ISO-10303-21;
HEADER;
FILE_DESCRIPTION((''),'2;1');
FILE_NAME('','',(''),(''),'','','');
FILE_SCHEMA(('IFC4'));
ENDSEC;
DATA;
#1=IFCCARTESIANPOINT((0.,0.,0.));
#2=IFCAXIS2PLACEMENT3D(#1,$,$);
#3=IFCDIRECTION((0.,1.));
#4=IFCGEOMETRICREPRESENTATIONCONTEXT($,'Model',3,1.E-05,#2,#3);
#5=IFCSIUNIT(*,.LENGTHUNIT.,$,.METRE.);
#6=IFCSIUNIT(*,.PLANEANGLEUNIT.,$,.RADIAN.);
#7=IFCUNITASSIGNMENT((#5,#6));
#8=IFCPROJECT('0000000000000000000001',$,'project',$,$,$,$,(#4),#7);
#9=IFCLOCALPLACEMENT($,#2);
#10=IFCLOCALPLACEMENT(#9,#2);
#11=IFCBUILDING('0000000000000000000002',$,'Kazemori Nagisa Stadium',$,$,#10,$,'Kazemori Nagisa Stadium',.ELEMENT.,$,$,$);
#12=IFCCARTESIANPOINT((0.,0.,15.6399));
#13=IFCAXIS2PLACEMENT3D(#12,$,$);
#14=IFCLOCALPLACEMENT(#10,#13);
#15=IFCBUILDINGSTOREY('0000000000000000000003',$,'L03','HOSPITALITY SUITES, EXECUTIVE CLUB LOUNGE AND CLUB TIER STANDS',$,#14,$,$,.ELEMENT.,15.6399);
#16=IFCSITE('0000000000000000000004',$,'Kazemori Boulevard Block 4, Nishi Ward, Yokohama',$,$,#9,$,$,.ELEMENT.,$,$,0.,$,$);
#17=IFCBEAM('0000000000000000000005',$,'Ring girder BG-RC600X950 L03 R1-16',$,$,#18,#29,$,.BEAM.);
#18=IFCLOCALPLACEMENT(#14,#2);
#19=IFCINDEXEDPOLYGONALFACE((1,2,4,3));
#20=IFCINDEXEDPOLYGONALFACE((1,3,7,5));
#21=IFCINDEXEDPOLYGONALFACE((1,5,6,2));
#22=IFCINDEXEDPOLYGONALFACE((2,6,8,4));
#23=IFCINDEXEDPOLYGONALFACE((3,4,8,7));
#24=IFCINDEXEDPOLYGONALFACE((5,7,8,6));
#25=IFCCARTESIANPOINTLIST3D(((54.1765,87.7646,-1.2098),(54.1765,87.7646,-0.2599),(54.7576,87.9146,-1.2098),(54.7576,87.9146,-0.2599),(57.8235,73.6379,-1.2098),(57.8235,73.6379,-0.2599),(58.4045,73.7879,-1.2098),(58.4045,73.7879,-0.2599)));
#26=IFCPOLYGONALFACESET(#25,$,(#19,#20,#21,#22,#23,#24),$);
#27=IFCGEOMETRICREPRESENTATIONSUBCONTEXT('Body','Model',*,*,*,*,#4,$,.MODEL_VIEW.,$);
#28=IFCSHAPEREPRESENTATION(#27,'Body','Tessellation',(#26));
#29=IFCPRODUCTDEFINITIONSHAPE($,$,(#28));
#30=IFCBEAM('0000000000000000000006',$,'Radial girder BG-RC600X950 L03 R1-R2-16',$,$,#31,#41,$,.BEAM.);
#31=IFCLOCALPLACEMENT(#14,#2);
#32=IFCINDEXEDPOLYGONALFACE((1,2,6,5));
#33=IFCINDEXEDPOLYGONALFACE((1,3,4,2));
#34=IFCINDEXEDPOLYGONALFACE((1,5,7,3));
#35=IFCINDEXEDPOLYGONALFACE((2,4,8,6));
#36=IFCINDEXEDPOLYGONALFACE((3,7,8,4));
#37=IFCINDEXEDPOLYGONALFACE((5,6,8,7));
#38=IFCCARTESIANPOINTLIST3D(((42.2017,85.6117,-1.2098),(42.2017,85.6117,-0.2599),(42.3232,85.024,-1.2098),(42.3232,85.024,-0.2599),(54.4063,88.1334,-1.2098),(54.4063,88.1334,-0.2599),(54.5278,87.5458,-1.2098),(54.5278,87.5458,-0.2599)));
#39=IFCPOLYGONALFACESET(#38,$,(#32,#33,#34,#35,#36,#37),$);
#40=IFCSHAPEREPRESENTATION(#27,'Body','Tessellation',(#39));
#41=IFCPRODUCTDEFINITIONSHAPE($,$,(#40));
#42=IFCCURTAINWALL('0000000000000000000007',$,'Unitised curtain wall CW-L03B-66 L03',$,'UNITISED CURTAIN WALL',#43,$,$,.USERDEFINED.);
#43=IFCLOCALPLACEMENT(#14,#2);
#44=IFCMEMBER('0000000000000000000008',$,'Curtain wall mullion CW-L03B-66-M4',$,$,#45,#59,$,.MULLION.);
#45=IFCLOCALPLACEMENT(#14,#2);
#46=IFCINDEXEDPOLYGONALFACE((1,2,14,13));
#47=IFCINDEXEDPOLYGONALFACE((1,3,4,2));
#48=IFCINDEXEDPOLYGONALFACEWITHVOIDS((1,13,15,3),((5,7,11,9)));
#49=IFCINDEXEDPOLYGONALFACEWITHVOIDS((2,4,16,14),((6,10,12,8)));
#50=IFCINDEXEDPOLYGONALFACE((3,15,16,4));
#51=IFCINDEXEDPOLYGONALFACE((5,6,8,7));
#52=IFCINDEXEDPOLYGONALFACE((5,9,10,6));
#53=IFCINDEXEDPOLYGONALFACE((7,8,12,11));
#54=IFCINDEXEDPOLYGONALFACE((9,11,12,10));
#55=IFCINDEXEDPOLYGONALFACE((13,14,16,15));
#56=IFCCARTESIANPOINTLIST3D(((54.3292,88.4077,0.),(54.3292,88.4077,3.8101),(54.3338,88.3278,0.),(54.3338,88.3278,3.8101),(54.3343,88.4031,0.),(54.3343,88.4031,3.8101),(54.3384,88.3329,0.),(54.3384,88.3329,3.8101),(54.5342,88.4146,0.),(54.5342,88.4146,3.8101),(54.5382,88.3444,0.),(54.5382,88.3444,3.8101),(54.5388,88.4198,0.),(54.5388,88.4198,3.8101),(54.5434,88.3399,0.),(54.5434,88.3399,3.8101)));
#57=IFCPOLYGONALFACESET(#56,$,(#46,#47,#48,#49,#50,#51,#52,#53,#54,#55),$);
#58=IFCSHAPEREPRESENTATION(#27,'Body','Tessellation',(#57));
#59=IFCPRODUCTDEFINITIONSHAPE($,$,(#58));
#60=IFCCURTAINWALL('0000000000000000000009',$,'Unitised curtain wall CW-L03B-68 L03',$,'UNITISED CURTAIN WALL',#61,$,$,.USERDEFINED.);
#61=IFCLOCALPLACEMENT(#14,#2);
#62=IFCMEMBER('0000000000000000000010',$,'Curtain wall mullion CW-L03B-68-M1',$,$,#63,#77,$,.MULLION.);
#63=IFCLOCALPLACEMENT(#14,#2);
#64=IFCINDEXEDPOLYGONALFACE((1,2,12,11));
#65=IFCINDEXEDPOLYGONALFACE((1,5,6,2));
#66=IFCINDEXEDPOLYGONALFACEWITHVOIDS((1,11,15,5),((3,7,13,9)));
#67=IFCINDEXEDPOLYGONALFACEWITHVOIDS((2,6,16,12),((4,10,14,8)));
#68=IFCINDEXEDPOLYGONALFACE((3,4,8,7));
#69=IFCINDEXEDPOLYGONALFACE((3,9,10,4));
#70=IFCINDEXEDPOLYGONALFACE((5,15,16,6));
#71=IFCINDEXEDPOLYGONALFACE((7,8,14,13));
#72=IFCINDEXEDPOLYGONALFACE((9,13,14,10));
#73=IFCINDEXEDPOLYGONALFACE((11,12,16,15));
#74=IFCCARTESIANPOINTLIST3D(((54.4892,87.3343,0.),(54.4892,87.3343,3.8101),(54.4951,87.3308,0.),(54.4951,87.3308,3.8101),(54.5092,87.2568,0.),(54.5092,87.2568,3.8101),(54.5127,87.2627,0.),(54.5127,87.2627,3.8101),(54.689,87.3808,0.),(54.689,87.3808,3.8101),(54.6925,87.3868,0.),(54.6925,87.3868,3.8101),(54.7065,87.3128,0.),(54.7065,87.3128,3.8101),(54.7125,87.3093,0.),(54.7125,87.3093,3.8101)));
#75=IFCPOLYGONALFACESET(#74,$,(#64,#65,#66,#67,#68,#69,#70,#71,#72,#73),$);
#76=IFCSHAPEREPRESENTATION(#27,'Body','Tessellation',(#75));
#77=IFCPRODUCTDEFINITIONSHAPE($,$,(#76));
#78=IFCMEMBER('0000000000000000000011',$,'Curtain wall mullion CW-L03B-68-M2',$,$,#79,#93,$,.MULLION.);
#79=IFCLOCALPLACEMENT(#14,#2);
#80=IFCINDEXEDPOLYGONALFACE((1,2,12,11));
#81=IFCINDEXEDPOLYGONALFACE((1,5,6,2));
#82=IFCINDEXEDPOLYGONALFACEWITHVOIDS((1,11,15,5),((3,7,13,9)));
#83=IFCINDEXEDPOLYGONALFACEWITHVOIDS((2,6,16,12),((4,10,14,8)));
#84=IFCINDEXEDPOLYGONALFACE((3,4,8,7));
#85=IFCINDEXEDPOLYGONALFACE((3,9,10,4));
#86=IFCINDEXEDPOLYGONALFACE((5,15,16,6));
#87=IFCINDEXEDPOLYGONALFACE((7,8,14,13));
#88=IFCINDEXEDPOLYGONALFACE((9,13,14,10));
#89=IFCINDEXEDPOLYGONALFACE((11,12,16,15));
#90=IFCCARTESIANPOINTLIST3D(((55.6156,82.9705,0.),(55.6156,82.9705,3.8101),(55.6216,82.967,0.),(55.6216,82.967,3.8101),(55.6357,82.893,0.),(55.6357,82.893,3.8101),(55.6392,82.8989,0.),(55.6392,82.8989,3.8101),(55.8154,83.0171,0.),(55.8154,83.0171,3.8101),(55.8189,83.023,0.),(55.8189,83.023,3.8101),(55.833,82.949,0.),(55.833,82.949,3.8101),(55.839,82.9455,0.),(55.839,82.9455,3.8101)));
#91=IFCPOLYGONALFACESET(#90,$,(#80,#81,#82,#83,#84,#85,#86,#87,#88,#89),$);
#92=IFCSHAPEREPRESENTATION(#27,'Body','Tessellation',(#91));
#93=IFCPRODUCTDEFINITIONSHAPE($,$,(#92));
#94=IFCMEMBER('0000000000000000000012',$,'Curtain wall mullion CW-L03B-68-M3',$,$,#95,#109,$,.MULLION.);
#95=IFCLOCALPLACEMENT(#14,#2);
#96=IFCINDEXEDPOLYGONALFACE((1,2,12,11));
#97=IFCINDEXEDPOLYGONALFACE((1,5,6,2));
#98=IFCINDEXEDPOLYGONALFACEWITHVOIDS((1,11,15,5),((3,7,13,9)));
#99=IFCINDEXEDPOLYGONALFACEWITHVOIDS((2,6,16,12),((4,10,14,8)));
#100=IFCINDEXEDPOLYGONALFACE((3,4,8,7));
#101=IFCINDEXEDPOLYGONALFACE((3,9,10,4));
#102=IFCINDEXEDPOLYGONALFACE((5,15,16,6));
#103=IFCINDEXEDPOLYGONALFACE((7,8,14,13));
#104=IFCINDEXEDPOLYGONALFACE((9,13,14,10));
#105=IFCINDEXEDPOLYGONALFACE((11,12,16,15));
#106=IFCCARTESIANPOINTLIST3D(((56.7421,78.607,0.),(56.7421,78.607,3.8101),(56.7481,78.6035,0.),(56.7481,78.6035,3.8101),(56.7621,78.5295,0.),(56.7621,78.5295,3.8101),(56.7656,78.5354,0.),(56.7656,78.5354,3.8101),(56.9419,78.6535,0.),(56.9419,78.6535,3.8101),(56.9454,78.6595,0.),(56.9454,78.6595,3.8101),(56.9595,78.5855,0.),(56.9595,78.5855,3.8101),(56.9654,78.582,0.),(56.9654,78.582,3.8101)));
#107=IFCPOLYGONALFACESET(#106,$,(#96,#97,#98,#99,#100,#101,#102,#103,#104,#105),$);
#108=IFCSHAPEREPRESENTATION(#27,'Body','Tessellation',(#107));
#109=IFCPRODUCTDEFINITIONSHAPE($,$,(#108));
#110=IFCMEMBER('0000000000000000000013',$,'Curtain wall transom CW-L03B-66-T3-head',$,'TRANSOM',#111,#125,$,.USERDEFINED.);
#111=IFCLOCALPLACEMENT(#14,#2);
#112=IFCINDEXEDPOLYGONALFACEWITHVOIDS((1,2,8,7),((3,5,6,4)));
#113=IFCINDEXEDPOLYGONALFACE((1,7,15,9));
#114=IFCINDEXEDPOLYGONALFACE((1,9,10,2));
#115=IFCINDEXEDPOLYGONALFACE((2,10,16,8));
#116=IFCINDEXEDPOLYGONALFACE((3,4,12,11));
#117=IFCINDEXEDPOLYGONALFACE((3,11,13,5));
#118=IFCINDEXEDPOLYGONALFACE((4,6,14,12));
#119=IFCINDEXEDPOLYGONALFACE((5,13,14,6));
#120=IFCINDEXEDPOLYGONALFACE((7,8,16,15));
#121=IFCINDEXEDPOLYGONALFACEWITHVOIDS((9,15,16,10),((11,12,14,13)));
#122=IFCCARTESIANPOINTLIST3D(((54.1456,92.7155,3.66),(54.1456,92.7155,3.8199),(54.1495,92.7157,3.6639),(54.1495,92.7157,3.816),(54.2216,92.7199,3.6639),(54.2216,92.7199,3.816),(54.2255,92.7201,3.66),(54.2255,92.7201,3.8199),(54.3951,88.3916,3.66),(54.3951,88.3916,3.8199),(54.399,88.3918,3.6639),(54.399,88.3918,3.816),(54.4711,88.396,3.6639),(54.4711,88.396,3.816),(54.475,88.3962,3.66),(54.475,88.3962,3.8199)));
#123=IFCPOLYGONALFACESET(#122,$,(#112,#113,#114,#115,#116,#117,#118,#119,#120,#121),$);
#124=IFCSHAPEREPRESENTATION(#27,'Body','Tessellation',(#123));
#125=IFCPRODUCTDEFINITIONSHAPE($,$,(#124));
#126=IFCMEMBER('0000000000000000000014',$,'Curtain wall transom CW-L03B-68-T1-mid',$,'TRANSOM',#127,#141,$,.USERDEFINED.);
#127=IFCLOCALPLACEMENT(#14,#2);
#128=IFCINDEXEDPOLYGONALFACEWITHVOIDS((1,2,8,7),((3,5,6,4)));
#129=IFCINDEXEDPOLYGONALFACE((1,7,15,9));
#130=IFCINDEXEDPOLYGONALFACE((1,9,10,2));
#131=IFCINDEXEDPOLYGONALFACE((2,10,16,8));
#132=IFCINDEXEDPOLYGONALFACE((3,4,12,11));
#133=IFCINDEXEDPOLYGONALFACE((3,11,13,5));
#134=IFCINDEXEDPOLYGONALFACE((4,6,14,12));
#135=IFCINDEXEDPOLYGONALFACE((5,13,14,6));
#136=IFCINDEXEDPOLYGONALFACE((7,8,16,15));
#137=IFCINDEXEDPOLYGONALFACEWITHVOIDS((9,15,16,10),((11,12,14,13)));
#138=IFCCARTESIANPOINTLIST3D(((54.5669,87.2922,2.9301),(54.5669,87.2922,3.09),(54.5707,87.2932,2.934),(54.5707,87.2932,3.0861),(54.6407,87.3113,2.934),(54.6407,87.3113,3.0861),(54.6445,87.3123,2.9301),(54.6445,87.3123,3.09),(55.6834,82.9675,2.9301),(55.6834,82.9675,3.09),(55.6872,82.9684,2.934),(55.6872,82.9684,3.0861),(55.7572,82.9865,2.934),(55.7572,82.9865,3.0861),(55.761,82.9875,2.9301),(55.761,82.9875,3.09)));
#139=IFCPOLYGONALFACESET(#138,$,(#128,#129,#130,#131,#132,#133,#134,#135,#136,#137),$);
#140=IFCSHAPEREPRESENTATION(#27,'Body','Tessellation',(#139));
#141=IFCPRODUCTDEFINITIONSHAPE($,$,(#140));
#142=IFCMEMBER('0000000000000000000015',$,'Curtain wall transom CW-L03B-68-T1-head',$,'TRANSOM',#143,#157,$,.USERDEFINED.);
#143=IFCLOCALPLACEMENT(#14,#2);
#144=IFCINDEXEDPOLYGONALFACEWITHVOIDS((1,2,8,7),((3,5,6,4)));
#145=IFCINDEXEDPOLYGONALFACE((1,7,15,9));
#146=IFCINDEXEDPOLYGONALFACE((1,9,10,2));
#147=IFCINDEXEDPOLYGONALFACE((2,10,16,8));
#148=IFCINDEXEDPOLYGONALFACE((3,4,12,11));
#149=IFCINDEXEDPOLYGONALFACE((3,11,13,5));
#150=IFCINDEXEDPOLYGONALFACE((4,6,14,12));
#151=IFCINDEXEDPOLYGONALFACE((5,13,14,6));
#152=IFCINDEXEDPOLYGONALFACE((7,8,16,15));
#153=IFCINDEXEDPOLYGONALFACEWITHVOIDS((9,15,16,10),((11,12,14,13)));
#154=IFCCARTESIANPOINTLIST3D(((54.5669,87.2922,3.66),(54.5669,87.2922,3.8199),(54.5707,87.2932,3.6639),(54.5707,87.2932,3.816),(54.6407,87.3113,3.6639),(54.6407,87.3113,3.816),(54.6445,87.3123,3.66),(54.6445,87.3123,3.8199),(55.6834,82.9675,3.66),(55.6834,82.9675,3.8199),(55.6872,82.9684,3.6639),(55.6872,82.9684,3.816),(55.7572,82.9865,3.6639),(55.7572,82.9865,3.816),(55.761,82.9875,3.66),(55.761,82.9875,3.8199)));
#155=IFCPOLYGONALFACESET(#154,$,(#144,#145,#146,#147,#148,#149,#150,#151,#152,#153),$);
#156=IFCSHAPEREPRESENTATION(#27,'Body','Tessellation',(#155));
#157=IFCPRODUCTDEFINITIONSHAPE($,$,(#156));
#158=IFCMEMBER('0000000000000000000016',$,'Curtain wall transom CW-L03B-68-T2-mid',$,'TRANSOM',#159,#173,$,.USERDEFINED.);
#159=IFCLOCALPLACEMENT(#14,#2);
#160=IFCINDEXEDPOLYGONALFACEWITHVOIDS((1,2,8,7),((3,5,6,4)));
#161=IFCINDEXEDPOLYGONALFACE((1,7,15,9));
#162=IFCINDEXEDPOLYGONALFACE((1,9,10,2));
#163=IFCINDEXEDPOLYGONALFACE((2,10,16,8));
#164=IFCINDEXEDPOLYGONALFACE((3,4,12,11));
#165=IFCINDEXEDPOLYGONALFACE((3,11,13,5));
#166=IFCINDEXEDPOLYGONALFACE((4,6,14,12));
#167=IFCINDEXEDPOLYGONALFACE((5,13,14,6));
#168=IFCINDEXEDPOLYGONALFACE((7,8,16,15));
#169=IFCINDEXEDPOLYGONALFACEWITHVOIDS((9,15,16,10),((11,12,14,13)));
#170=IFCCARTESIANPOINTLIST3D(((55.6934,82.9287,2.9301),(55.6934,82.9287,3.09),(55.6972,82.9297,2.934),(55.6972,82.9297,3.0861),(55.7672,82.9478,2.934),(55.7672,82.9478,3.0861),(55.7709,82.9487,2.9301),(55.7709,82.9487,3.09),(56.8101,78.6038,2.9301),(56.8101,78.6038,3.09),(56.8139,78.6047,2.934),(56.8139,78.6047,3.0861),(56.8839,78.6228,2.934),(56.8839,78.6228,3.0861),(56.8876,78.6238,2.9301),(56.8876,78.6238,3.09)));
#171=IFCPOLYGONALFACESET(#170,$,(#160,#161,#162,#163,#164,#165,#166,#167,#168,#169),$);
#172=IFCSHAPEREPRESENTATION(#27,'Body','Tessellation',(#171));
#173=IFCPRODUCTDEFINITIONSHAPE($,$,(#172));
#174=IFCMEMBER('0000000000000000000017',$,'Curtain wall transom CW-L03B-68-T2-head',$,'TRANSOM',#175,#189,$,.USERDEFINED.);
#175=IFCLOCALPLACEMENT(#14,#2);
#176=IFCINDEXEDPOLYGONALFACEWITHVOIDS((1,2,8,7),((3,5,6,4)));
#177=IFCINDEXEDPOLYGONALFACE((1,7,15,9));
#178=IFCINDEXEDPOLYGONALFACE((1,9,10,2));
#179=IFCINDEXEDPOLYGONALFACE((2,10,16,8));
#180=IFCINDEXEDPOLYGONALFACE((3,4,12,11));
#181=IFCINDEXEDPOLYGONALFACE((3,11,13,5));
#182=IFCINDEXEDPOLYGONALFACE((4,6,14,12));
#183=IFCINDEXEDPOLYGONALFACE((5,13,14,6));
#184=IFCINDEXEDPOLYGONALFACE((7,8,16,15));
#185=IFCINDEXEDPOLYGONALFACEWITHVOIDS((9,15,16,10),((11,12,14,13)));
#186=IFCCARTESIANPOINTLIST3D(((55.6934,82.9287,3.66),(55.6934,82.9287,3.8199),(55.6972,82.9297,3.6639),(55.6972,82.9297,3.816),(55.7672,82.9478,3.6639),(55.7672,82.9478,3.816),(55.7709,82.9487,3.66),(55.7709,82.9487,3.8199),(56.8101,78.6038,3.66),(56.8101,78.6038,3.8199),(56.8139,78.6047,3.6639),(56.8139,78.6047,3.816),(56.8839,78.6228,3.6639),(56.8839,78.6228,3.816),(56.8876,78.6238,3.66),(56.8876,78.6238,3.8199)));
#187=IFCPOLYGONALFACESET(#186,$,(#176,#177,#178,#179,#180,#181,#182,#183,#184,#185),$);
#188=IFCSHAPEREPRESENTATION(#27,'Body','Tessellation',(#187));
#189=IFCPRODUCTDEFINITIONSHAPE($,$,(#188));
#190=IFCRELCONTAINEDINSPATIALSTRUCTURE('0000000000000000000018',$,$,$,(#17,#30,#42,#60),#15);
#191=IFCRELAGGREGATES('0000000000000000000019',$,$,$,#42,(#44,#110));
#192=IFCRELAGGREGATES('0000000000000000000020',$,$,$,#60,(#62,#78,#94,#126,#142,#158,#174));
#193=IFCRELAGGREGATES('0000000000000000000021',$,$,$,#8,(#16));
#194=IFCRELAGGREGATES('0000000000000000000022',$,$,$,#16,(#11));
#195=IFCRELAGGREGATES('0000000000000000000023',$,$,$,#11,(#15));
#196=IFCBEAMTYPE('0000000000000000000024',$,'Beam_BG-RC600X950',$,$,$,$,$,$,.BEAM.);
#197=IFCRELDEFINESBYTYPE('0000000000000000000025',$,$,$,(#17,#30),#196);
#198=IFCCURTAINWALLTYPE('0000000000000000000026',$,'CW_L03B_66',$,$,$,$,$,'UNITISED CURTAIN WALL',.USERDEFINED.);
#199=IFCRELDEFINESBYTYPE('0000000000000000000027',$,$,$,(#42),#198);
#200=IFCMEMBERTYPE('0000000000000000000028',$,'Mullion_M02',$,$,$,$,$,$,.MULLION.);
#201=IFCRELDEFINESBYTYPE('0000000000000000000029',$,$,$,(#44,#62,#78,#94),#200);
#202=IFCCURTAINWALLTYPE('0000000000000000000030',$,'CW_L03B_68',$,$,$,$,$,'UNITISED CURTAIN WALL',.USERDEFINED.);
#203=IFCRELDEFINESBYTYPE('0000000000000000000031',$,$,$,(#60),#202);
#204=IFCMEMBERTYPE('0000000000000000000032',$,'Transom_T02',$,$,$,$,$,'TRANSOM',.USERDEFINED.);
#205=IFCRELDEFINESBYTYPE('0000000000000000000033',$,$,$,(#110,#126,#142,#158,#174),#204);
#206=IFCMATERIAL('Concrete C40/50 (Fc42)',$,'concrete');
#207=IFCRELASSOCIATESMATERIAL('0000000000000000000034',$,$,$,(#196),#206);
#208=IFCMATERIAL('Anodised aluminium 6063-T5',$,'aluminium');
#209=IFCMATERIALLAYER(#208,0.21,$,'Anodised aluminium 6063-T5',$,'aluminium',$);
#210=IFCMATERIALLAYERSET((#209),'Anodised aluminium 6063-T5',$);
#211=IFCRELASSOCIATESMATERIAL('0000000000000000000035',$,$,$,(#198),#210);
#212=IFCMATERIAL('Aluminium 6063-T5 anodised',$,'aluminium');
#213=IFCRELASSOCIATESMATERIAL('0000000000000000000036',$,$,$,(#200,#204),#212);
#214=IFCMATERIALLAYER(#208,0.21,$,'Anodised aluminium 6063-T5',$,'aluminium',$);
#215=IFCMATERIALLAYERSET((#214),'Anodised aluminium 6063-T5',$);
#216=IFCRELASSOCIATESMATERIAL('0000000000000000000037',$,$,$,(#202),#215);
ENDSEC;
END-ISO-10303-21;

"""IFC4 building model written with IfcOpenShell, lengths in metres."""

from ifc_helpers import new_model, si_unit, direction, frame, origin, origin_2d, place, context, subcontext, project, spatial, rectangle, hollow_rectangle, extrude, material, layer, layer_set, material_profile, profile_set, type_object, element, aggregate, save


model = new_model("IFC4")

# Units and contexts
model_context = context("Model", 3, precision=1e-05, world=origin(), true_north=direction((0.0, 1.0)))
body_context = subcontext(model_context, "Body", "Model", "MODEL_VIEW")
ifc_project = project(units=[si_unit("LENGTHUNIT", "METRE"), si_unit("PLANEANGLEUNIT", "RADIAN")], contexts=[model_context])

# Site, building, storey
site_placement = place(None, origin())
site = spatial("IfcSite", under=ifc_project, at=site_placement, Name="Kazemori Boulevard Block 4, Nishi Ward, Yokohama", CompositionType="ELEMENT", RefElevation=0.0)
building_placement = place(site_placement, origin())
building = spatial("IfcBuilding", under=site, at=building_placement, Name="Kazemori Nagisa Stadium", LongName="Kazemori Nagisa Stadium", CompositionType="ELEMENT")
storey_placement = place(building_placement, frame((0.0, 0.0, 15.6399)))
storey = spatial("IfcBuildingStorey", under=building, at=storey_placement, Name="L03", Description="HOSPITALITY SUITES, EXECUTIVE CLUB LOUNGE AND CLUB TIER STANDS", CompositionType="ELEMENT", Elevation=15.6399)

# Shared definitions
ifc_material_1 = material(Name="Concrete C40/50 (Fc42)", Category="concrete")

# Beams
ifc_material_profile_1 = material_profile(ifc_material_1, rectangle(XDim=0.6001, YDim=0.95, at=origin_2d()), Name="RC-BM-600x950")
ifc_profile_set_1 = profile_set([ifc_material_profile_1], Name="Concrete C40/50 (Fc42)")
beam_type = type_object("IfcBeamType", Name="Beam_BG-RC600X950", PredefinedType="BEAM", material=ifc_profile_set_1)
beam_1_placement = place(storey_placement, frame((54.467, 87.8396, -0.7349), z_axis=(0.249966, -0.968255, 0.0), x_axis=(0.968255, 0.249966, 0.0)))
element("IfcBeam", 1, at=beam_1_placement, inside=storey, type_object=beam_type, Name="Ring girder BG-RC600X950 L03 R1-16", PredefinedType="BEAM", context=body_context, shape_type="SweptSolid", body=[
    extrude(rectangle(XDim=0.6001, YDim=0.95, at=origin_2d()), origin(), (0.0, 0.0, 1.0), 14.5898),
])
beam_2_placement = place(storey_placement, frame((54.467, 87.8396, -0.7349), z_axis=(-0.979314, -0.202347, 0.0), x_axis=(0.202347, -0.979314, 0.0)))
element("IfcBeam", 2, at=beam_2_placement, inside=storey, type_object=beam_type, Name="Radial girder BG-RC600X950 L03 R1-R2-16", PredefinedType="BEAM", context=body_context, shape_type="SweptSolid", body=[
    extrude(rectangle(XDim=0.6001, YDim=0.95, at=origin_2d()), origin(), (0.0, 0.0, 1.0), 12.4624),
])

# Curtain wall, member
ifc_material_2 = material(Name="Anodised aluminium 6063-T5", Category="aluminium")
ifc_layer_1 = layer(ifc_material_2, 0.21, Name="Anodised aluminium 6063-T5", Category="aluminium")
ifc_layer_set_1 = layer_set([ifc_layer_1], Name="Anodised aluminium 6063-T5")
curtain_wall_type_1 = type_object("IfcCurtainWallType", Name="CW_L03B_66", ElementType="UNITISED CURTAIN WALL", PredefinedType="USERDEFINED", material=ifc_layer_set_1)
curtain_wall_1_placement = place(storey_placement, origin())
curtain_wall_1 = element("IfcCurtainWall", 3, at=curtain_wall_1_placement, inside=storey, type_object=curtain_wall_type_1, Name="Unitised curtain wall CW-L03B-66 L03", ObjectType="UNITISED CURTAIN WALL", PredefinedType="USERDEFINED")
ifc_material_3 = material(Name="Aluminium 6063-T5 anodised", Category="aluminium")
ifc_material_profile_2 = material_profile(ifc_material_3, hollow_rectangle(XDim=0.0801, YDim=0.21, WallThickness=0.0049, at=origin_2d()), Name="ALU-MULL-80x210x5")
ifc_profile_set_2 = profile_set([ifc_material_profile_2], Name="Aluminium 6063-T5 anodised")
member_type_1 = type_object("IfcMemberType", Name="Mullion_M02", PredefinedType="MULLION", material=ifc_profile_set_2)
member_1_placement = place(storey_placement, frame((54.4363, 88.3738, 0.0), z_axis=(0.0, 0.0, 1.0), x_axis=(0.057602, -0.99834, 0.0)))
member_1 = element("IfcMember", 4, at=member_1_placement, type_object=member_type_1, Name="Curtain wall mullion CW-L03B-66-M4", PredefinedType="MULLION", context=body_context, shape_type="SweptSolid", body=[
    extrude(hollow_rectangle(XDim=0.0801, YDim=0.21, WallThickness=0.0049, at=origin_2d()), origin(), (0.0, 0.0, 1.0), 3.8101),
])

# Curtain wall, members
ifc_layer_2 = layer(ifc_material_2, 0.21, Name="Anodised aluminium 6063-T5", Category="aluminium")
ifc_layer_set_2 = layer_set([ifc_layer_2], Name="Anodised aluminium 6063-T5")
curtain_wall_type_2 = type_object("IfcCurtainWallType", Name="CW_L03B_68", ElementType="UNITISED CURTAIN WALL", PredefinedType="USERDEFINED", material=ifc_layer_set_2)
curtain_wall_2_placement = place(storey_placement, origin())
curtain_wall_2 = element("IfcCurtainWall", 5, at=curtain_wall_2_placement, inside=storey, type_object=curtain_wall_type_2, Name="Unitised curtain wall CW-L03B-68 L03", ObjectType="UNITISED CURTAIN WALL", PredefinedType="USERDEFINED")
member_2_placement = place(storey_placement, frame((54.6008, 87.3218, 0.0), z_axis=(0.0, 0.0, 1.0), x_axis=(0.249965, -0.968255, 0.0)))
member_2 = element("IfcMember", 6, at=member_2_placement, type_object=member_type_1, Name="Curtain wall mullion CW-L03B-68-M1", PredefinedType="MULLION", context=body_context, shape_type="SweptSolid", body=[
    extrude(hollow_rectangle(XDim=0.0801, YDim=0.21, WallThickness=0.0049, at=origin_2d()), origin(), (0.0, 0.0, 1.0), 3.8101),
])
member_3_placement = place(storey_placement, frame((55.7273, 82.958, 0.0), z_axis=(0.0, 0.0, 1.0), x_axis=(0.249965, -0.968255, 0.0)))
member_3 = element("IfcMember", 7, at=member_3_placement, type_object=member_type_1, Name="Curtain wall mullion CW-L03B-68-M2", PredefinedType="MULLION", context=body_context, shape_type="SweptSolid", body=[
    extrude(hollow_rectangle(XDim=0.0801, YDim=0.21, WallThickness=0.0049, at=origin_2d()), origin(), (0.0, 0.0, 1.0), 3.8101),
])
member_4_placement = place(storey_placement, frame((56.8538, 78.5945, 0.0), z_axis=(0.0, 0.0, 1.0), x_axis=(0.249965, -0.968255, 0.0)))
member_4 = element("IfcMember", 8, at=member_4_placement, type_object=member_type_1, Name="Curtain wall mullion CW-L03B-68-M3", PredefinedType="MULLION", context=body_context, shape_type="SweptSolid", body=[
    extrude(hollow_rectangle(XDim=0.0801, YDim=0.21, WallThickness=0.0049, at=origin_2d()), origin(), (0.0, 0.0, 1.0), 3.8101),
])

# Members
ifc_material_profile_3 = material_profile(ifc_material_3, hollow_rectangle(XDim=0.0801, YDim=0.1599, WallThickness=0.0039, at=origin_2d()), Name="ALU-TRAN-80x160x4")
ifc_profile_set_3 = profile_set([ifc_material_profile_3], Name="Aluminium 6063-T5 anodised")
member_type_2 = type_object("IfcMemberType", Name="Transom_T02", ElementType="TRANSOM", PredefinedType="USERDEFINED", material=ifc_profile_set_3)
member_5_placement = place(storey_placement, frame((54.1855, 92.7178, 3.74), z_axis=(0.057608, -0.998339, 0.0), x_axis=(0.998339, 0.057608, 0.0)))
member_5 = element("IfcMember", 9, at=member_5_placement, type_object=member_type_2, Name="Curtain wall transom CW-L03B-66-T3-head", ObjectType="TRANSOM", PredefinedType="USERDEFINED", context=body_context, shape_type="SweptSolid", body=[
    extrude(hollow_rectangle(XDim=0.0801, YDim=0.1599, WallThickness=0.0039, at=origin_2d()), origin(), (0.0, 0.0, 1.0), 4.3311),
])
member_6_placement = place(storey_placement, frame((54.6057, 87.3022, 3.01), z_axis=(0.249962, -0.968256, 0.0), x_axis=(0.968256, 0.249962, 0.0)))
member_6 = element("IfcMember", 10, at=member_6_placement, type_object=member_type_2, Name="Curtain wall transom CW-L03B-68-T1-mid", ObjectType="TRANSOM", PredefinedType="USERDEFINED", context=body_context, shape_type="SweptSolid", body=[
    extrude(hollow_rectangle(XDim=0.0801, YDim=0.1599, WallThickness=0.0039, at=origin_2d()), origin(), (0.0, 0.0, 1.0), 4.4666),
])
member_7_placement = place(storey_placement, frame((54.6057, 87.3022, 3.74), z_axis=(0.249962, -0.968256, 0.0), x_axis=(0.968256, 0.249962, 0.0)))
member_7 = element("IfcMember", 11, at=member_7_placement, type_object=member_type_2, Name="Curtain wall transom CW-L03B-68-T1-head", ObjectType="TRANSOM", PredefinedType="USERDEFINED", context=body_context, shape_type="SweptSolid", body=[
    extrude(hollow_rectangle(XDim=0.0801, YDim=0.1599, WallThickness=0.0039, at=origin_2d()), origin(), (0.0, 0.0, 1.0), 4.4666),
])
member_8_placement = place(storey_placement, frame((55.7322, 82.9387, 3.01), z_axis=(0.25, -0.968246, 0.0), x_axis=(0.968246, 0.25, 0.0)))
member_8 = element("IfcMember", 12, at=member_8_placement, type_object=member_type_2, Name="Curtain wall transom CW-L03B-68-T2-mid", ObjectType="TRANSOM", PredefinedType="USERDEFINED", context=body_context, shape_type="SweptSolid", body=[
    extrude(hollow_rectangle(XDim=0.0801, YDim=0.1599, WallThickness=0.0039, at=origin_2d()), origin(), (0.0, 0.0, 1.0), 4.4668),
])
member_9_placement = place(storey_placement, frame((55.7322, 82.9387, 3.74), z_axis=(0.25, -0.968246, 0.0), x_axis=(0.968246, 0.25, 0.0)))
member_9 = element("IfcMember", 13, at=member_9_placement, type_object=member_type_2, Name="Curtain wall transom CW-L03B-68-T2-head", ObjectType="TRANSOM", PredefinedType="USERDEFINED", context=body_context, shape_type="SweptSolid", body=[
    extrude(hollow_rectangle(XDim=0.0801, YDim=0.1599, WallThickness=0.0039, at=origin_2d()), origin(), (0.0, 0.0, 1.0), 4.4668),
])

aggregate(curtain_wall_1, [member_1, member_5])
aggregate(curtain_wall_2, [member_2, member_3, member_4, member_6, member_7, member_8, member_9])

save(model, "model.ifc")
